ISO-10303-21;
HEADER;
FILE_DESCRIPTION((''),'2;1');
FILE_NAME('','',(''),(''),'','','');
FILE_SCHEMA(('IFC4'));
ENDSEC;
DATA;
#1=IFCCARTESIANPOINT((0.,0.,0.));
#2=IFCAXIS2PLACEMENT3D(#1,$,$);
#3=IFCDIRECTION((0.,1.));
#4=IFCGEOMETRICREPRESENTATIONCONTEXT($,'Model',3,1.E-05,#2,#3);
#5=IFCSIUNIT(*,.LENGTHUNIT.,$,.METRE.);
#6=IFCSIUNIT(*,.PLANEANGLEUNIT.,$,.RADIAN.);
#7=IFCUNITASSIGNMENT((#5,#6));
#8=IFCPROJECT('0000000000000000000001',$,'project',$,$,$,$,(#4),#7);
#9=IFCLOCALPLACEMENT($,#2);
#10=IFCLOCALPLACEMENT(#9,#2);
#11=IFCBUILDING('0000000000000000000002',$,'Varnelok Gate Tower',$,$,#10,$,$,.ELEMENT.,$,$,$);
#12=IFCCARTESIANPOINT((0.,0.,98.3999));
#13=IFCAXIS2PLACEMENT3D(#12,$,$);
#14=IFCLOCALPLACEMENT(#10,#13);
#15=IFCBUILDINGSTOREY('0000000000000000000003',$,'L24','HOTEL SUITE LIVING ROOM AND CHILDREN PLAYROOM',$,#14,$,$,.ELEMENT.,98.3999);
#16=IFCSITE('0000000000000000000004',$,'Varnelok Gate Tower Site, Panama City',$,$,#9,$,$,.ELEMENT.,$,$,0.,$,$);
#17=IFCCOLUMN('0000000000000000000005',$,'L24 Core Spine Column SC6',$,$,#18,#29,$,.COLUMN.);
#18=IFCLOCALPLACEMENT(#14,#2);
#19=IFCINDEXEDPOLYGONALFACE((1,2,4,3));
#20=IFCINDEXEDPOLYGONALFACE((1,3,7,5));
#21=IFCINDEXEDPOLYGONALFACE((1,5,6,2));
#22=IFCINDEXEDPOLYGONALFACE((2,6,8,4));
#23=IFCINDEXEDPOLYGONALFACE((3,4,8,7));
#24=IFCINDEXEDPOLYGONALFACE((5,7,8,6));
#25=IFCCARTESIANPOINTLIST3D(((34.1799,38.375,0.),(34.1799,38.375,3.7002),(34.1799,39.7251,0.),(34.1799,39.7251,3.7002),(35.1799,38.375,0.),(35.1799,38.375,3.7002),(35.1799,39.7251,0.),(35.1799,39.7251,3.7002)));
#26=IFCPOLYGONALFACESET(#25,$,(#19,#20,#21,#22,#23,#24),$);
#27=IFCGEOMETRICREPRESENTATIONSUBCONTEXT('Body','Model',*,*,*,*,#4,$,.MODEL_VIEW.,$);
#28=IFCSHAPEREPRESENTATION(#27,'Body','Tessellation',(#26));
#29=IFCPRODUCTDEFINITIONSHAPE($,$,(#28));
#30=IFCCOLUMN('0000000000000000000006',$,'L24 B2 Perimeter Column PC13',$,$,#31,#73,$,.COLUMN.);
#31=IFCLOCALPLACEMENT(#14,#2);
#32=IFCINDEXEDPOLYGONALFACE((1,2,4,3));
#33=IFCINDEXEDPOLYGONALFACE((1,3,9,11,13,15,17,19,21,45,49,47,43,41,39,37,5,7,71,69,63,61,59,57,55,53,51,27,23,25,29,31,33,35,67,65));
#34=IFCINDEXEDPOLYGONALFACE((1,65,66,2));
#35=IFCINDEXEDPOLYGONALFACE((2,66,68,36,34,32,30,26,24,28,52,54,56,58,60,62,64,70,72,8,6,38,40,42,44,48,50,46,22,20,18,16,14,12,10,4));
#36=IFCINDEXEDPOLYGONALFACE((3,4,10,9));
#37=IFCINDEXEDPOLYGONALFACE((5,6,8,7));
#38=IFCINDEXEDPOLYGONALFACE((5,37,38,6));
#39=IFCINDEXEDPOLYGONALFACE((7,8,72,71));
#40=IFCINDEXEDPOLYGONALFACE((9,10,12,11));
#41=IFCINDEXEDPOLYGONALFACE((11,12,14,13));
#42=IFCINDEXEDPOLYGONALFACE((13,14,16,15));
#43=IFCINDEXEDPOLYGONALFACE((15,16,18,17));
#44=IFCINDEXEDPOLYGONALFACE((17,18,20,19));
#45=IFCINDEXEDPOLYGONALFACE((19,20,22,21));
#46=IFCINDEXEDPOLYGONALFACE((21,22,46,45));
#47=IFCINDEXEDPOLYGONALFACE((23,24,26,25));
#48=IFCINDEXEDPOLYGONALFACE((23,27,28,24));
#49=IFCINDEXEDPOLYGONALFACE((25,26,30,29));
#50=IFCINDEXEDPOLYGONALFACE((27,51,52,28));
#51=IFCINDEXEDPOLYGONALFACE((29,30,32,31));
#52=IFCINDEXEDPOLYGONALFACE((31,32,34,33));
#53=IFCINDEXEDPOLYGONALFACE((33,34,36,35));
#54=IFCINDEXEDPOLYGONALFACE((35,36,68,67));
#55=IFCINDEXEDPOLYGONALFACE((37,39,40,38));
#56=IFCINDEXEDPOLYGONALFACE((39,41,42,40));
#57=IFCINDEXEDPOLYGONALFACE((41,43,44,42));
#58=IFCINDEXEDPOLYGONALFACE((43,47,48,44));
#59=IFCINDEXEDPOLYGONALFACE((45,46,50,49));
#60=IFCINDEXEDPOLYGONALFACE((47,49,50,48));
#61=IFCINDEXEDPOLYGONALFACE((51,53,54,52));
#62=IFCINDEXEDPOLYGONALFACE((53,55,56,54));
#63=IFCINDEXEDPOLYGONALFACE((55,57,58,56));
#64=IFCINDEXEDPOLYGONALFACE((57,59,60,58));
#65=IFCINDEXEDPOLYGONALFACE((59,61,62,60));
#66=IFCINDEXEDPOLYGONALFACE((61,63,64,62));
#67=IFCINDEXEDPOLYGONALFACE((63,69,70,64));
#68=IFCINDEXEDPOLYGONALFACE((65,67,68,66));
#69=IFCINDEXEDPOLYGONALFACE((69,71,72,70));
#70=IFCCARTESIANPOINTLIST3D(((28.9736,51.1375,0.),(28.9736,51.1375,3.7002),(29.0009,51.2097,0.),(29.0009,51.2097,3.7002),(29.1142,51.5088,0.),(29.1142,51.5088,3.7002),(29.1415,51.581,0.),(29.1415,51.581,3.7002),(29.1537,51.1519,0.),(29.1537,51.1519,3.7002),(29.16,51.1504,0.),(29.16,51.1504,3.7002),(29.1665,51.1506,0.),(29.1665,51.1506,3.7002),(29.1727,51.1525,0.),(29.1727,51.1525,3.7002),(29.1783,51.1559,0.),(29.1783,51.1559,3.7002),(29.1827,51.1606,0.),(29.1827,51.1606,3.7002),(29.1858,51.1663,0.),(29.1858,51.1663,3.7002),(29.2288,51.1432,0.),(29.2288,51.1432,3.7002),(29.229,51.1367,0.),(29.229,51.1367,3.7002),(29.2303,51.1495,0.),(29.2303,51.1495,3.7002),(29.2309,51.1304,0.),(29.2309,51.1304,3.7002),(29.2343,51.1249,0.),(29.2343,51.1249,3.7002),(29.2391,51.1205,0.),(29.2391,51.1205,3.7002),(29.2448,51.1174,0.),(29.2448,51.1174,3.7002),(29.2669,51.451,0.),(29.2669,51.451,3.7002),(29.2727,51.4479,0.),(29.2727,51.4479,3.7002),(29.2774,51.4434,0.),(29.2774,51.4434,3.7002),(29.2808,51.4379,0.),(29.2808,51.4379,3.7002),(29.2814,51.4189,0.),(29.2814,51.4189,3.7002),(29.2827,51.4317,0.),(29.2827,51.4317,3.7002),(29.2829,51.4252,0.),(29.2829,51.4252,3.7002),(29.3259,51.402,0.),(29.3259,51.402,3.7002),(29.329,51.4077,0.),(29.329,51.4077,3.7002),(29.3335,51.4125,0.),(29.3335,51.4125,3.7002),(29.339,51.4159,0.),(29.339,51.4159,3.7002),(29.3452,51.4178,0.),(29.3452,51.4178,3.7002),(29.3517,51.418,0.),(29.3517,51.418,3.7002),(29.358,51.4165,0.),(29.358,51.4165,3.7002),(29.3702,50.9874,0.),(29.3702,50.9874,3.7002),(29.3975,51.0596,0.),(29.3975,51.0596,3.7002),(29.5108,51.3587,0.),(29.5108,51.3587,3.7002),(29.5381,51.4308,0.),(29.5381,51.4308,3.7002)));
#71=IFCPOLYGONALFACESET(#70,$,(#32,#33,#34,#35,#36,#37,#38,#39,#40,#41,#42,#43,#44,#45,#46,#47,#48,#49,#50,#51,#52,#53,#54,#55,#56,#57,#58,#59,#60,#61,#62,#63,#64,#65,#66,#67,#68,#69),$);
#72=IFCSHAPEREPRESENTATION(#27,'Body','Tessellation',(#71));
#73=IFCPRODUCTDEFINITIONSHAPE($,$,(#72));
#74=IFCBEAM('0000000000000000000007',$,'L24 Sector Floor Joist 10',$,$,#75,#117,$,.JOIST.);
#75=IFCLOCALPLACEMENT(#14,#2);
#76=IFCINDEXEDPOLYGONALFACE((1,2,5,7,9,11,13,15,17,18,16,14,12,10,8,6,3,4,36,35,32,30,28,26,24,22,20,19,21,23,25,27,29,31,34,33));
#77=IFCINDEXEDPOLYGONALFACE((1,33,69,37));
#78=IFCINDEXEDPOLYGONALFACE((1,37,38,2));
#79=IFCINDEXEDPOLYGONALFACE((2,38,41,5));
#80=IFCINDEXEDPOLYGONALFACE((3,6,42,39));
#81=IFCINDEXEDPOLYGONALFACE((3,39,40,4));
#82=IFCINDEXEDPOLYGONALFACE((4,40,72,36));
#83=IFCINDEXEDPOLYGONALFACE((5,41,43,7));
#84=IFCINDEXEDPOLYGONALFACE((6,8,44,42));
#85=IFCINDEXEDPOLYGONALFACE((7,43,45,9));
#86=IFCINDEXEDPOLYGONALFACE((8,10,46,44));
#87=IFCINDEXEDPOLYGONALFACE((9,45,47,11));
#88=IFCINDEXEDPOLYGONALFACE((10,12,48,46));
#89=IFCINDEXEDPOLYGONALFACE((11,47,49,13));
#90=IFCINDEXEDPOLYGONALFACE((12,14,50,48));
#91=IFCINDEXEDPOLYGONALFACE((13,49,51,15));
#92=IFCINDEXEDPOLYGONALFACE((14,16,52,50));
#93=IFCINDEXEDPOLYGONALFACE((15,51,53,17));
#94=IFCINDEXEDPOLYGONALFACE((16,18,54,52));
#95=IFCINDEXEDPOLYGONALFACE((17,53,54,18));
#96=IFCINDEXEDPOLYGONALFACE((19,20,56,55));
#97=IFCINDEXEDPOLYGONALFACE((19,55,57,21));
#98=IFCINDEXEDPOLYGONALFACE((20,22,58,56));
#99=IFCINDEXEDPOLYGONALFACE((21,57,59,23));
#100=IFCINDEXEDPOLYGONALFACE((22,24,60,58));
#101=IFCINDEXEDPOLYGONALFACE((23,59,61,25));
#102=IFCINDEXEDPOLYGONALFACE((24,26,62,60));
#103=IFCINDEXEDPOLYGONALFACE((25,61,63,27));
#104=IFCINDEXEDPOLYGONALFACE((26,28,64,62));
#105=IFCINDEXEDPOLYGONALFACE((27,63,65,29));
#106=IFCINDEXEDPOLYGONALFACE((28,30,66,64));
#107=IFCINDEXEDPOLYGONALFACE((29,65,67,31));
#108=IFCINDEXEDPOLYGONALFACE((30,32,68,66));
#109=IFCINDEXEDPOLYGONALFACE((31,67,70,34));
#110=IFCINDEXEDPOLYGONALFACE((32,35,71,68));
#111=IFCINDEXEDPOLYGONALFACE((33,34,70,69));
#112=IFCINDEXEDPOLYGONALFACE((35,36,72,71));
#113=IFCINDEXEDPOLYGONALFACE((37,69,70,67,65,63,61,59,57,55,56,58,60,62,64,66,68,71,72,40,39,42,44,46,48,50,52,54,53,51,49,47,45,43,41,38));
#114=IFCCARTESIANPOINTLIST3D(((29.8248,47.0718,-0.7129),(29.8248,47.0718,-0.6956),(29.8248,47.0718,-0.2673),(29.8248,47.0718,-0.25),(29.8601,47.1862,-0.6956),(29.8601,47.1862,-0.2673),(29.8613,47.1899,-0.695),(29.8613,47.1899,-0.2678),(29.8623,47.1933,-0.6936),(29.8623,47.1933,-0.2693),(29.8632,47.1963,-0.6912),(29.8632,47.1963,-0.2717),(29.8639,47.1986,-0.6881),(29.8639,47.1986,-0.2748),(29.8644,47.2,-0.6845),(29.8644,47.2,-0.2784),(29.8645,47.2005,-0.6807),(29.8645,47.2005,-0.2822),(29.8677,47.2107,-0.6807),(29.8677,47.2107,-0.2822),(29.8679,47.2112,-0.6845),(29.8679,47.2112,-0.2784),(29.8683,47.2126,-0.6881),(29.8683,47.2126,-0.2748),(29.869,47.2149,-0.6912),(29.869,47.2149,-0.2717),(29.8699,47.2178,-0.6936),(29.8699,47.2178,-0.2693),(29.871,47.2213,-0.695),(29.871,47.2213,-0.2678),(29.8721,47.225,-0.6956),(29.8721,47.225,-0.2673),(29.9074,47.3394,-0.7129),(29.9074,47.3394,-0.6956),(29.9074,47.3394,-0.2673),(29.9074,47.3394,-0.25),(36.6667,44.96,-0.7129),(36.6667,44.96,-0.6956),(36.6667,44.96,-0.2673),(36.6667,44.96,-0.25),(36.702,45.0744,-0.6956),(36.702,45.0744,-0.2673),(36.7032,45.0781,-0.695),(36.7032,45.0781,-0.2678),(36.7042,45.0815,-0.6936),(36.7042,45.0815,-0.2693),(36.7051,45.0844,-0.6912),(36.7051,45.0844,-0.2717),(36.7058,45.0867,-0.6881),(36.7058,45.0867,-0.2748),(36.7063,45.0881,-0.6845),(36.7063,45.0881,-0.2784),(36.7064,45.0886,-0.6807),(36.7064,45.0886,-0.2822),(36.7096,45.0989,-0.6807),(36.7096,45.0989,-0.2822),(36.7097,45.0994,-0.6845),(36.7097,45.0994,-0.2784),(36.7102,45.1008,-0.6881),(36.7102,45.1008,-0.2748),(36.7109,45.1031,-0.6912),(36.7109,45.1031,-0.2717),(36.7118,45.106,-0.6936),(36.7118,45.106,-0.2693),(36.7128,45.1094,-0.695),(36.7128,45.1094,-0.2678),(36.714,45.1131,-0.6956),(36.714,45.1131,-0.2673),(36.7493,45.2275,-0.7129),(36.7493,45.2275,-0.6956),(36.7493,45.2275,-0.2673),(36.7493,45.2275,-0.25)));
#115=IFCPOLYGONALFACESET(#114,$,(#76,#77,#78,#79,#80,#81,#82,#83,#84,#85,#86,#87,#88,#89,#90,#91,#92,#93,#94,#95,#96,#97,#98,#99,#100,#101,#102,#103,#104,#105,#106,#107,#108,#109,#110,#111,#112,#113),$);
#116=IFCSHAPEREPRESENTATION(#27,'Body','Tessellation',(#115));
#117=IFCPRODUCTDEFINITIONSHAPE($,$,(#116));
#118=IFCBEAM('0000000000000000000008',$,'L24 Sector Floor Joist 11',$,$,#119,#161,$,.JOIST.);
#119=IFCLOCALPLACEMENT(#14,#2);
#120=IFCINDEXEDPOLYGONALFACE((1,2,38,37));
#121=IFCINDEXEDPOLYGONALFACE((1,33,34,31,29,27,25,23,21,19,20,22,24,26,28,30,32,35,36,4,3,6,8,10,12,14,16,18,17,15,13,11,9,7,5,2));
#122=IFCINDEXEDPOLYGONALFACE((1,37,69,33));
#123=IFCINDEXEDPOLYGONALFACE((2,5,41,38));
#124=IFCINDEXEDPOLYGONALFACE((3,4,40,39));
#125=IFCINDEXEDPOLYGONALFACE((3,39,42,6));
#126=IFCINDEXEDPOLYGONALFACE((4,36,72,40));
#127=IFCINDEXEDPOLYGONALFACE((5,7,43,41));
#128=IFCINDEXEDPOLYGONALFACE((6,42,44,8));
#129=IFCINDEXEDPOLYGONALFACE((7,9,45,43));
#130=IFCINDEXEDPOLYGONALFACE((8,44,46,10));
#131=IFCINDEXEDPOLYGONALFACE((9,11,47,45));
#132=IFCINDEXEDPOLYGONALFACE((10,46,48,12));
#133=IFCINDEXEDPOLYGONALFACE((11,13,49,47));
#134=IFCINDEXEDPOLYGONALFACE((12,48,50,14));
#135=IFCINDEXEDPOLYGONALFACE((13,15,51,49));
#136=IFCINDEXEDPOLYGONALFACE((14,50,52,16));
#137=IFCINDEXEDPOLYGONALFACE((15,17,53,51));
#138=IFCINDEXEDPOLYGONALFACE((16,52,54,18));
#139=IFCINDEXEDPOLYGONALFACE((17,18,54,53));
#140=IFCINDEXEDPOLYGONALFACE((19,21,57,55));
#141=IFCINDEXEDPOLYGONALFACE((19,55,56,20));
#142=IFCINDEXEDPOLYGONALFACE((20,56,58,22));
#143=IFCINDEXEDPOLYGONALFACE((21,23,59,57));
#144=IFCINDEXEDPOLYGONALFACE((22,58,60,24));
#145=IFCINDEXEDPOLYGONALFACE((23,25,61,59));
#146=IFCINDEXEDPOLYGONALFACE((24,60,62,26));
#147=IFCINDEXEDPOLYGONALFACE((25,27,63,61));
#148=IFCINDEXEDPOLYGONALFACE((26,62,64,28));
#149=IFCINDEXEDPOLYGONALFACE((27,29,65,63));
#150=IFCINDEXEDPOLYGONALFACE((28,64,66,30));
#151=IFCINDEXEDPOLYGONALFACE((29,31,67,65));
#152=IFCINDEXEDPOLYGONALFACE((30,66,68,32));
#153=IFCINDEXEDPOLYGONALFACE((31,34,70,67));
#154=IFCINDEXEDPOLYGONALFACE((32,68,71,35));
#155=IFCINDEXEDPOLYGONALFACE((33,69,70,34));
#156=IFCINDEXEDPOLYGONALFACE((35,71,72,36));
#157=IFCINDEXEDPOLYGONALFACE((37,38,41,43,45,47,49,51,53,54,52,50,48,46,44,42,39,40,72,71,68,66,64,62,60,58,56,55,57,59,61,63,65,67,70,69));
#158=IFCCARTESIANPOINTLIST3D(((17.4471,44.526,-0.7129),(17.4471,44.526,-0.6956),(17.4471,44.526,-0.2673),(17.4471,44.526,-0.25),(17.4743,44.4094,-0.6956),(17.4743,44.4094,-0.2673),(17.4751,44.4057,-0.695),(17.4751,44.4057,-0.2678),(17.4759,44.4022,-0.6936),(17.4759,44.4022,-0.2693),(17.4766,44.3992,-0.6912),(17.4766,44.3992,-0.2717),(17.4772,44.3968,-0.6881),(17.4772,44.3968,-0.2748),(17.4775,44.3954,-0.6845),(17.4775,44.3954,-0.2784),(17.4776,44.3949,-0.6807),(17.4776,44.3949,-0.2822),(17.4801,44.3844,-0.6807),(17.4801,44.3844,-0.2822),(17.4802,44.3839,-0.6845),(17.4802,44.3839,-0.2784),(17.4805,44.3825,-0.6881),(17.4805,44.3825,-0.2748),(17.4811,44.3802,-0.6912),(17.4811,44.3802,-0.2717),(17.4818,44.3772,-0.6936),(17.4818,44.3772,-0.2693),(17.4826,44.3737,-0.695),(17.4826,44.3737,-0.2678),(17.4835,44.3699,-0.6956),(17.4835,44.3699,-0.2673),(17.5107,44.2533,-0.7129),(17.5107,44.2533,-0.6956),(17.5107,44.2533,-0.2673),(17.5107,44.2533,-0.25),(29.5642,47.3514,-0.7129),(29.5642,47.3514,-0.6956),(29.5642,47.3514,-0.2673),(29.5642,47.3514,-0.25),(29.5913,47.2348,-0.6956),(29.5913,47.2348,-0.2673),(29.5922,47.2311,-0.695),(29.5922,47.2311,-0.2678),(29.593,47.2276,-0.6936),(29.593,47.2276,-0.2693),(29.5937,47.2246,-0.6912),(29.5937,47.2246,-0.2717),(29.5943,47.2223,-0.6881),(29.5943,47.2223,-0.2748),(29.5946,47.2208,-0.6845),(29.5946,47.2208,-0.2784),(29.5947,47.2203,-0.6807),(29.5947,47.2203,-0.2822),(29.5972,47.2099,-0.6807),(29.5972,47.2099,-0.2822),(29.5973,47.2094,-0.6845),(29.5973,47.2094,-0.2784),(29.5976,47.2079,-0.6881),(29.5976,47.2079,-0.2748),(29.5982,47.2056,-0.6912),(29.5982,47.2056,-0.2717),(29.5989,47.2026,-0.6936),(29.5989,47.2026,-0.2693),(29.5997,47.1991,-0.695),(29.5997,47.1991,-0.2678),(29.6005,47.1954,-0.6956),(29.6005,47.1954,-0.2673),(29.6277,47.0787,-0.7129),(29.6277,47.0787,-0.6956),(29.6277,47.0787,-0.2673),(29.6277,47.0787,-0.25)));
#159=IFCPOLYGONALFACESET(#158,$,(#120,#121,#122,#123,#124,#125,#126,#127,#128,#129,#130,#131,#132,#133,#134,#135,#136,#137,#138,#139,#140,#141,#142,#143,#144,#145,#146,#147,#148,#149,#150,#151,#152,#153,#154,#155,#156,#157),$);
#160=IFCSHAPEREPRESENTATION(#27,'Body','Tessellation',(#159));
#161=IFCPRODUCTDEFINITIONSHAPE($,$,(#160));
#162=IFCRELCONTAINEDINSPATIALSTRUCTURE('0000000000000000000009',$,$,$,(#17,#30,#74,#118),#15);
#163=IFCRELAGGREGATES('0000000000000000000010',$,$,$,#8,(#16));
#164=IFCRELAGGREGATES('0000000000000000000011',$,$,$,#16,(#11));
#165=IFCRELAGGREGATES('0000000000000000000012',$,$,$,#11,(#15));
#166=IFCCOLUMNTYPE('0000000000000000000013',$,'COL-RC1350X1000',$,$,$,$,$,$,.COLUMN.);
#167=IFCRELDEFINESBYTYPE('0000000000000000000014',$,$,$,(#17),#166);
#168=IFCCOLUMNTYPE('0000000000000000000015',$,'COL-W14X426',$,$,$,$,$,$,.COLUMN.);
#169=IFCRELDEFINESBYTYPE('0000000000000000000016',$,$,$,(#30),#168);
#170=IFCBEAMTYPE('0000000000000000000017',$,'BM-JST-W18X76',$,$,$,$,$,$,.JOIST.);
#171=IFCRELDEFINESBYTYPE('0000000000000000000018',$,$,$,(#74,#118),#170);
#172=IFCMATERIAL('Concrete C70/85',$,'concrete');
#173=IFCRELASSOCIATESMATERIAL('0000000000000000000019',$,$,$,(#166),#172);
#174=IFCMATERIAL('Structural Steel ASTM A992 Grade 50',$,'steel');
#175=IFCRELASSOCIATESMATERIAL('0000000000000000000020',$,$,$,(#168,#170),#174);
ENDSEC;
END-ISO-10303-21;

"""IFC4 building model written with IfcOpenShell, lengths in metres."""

from ifc_helpers import new_model, si_unit, direction, frame, origin, origin_2d, place, context, subcontext, project, spatial, rectangle, i_section, extrude, material, material_profile, profile_set, type_object, element, save


model = new_model("IFC4")

# Units and contexts
model_context = context("Model", 3, precision=1e-05, world=origin(), true_north=direction((0.0, 1.0)))
body_context = subcontext(model_context, "Body", "Model", "MODEL_VIEW")
ifc_project = project(units=[si_unit("LENGTHUNIT", "METRE"), si_unit("PLANEANGLEUNIT", "RADIAN")], contexts=[model_context])

# Site, building, storey
site_placement = place(None, origin())
site = spatial("IfcSite", under=ifc_project, at=site_placement, Name="Varnelok Gate Tower Site, Panama City", CompositionType="ELEMENT", RefElevation=0.0)
building_placement = place(site_placement, origin())
building = spatial("IfcBuilding", under=site, at=building_placement, Name="Varnelok Gate Tower", CompositionType="ELEMENT")
storey_placement = place(building_placement, frame((0.0, 0.0, 98.3999)))
storey = spatial("IfcBuildingStorey", under=building, at=storey_placement, Name="L24", Description="HOTEL SUITE LIVING ROOM AND CHILDREN PLAYROOM", CompositionType="ELEMENT", Elevation=98.3999)

# Columns
ifc_material_1 = material(Name="Concrete C70/85", Category="concrete")
ifc_material_profile_1 = material_profile(ifc_material_1, rectangle(XDim=1.0, YDim=1.3501, at=origin_2d()), Name="RC1350X1000")
ifc_profile_set_1 = profile_set([ifc_material_profile_1], Name="Concrete C70/85")
column_type_1 = type_object("IfcColumnType", Name="COL-RC1350X1000", PredefinedType="COLUMN", material=ifc_profile_set_1)
column_1_placement = place(storey_placement, frame((34.6799, 39.05, 0.0), z_axis=(0.0, 0.0, 1.0), x_axis=(1.0, 0.0, 0.0)))
element("IfcColumn", 1, at=column_1_placement, inside=storey, type_object=column_type_1, Name="L24 Core Spine Column SC6", PredefinedType="COLUMN", context=body_context, shape_type="SweptSolid", body=[
    extrude(rectangle(XDim=1.0, YDim=1.3501, at=origin_2d()), origin(), (0.0, 0.0, 1.0), 3.7002),
])
ifc_material_2 = material(Name="Structural Steel ASTM A992 Grade 50", Category="steel")
ifc_material_profile_2 = material_profile(ifc_material_2, i_section(OverallWidth=0.4241, OverallDepth=0.4741, WebThickness=0.0476, FlangeThickness=0.0771, FilletRadius=0.0249, at=origin_2d()), Name="W14X426")
ifc_profile_set_2 = profile_set([ifc_material_profile_2], Name="Structural Steel ASTM A992 Grade 50")
column_type_2 = type_object("IfcColumnType", Name="COL-W14X426", PredefinedType="COLUMN", material=ifc_profile_set_2)
column_2_placement = place(storey_placement, frame((29.2559, 51.2842, 0.0), z_axis=(0.0, 0.0, 1.0), x_axis=(0.935222, -0.354063, 0.0)))
element("IfcColumn", 2, at=column_2_placement, inside=storey, type_object=column_type_2, Name="L24 B2 Perimeter Column PC13", PredefinedType="COLUMN", context=body_context, shape_type="SweptSolid", body=[
    extrude(i_section(OverallWidth=0.4241, OverallDepth=0.4741, WebThickness=0.0476, FlangeThickness=0.0771, FilletRadius=0.0249, at=origin_2d()), origin(), (0.0, 0.0, 1.0), 3.7002),
])

# Beams
ifc_material_profile_3 = material_profile(ifc_material_2, i_section(OverallWidth=0.28, OverallDepth=0.4629, WebThickness=0.0107, FlangeThickness=0.0173, FilletRadius=0.0149, at=origin_2d()), Name="W18X76")
ifc_profile_set_3 = profile_set([ifc_material_profile_3], Name="Structural Steel ASTM A992 Grade 50")
beam_type_1 = type_object("IfcBeamType", Name="BM-JST-W18X76", PredefinedType="JOIST", material=ifc_profile_set_3)
beam_1_placement = place(storey_placement, frame((36.708, 45.0938, -0.4814), z_axis=(-0.955518, 0.294934, 0.0), x_axis=(-0.294934, -0.955518, 0.0)))
element("IfcBeam", 3, at=beam_1_placement, inside=storey, type_object=beam_type_1, Name="L24 Sector Floor Joist 10", PredefinedType="JOIST", context=body_context, shape_type="SweptSolid", body=[
    extrude(i_section(OverallWidth=0.28, OverallDepth=0.4629, WebThickness=0.0107, FlangeThickness=0.0173, FilletRadius=0.0149, at=origin_2d()), origin(), (0.0, 0.0, 1.0), 7.1604),
])
beam_2_placement = place(storey_placement, frame((29.5959, 47.2151, -0.4814), z_axis=(-0.973875, -0.227084, 0.0), x_axis=(0.227084, -0.973875, 0.0)))
element("IfcBeam", 4, at=beam_2_placement, inside=storey, type_object=beam_type_1, Name="L24 Sector Floor Joist 11", PredefinedType="JOIST", context=body_context, shape_type="SweptSolid", body=[
    extrude(i_section(OverallWidth=0.28, OverallDepth=0.4629, WebThickness=0.0107, FlangeThickness=0.0173, FilletRadius=0.0149, at=origin_2d()), origin(), (0.0, 0.0, 1.0), 12.4421),
])

save(model, "model.ifc")
